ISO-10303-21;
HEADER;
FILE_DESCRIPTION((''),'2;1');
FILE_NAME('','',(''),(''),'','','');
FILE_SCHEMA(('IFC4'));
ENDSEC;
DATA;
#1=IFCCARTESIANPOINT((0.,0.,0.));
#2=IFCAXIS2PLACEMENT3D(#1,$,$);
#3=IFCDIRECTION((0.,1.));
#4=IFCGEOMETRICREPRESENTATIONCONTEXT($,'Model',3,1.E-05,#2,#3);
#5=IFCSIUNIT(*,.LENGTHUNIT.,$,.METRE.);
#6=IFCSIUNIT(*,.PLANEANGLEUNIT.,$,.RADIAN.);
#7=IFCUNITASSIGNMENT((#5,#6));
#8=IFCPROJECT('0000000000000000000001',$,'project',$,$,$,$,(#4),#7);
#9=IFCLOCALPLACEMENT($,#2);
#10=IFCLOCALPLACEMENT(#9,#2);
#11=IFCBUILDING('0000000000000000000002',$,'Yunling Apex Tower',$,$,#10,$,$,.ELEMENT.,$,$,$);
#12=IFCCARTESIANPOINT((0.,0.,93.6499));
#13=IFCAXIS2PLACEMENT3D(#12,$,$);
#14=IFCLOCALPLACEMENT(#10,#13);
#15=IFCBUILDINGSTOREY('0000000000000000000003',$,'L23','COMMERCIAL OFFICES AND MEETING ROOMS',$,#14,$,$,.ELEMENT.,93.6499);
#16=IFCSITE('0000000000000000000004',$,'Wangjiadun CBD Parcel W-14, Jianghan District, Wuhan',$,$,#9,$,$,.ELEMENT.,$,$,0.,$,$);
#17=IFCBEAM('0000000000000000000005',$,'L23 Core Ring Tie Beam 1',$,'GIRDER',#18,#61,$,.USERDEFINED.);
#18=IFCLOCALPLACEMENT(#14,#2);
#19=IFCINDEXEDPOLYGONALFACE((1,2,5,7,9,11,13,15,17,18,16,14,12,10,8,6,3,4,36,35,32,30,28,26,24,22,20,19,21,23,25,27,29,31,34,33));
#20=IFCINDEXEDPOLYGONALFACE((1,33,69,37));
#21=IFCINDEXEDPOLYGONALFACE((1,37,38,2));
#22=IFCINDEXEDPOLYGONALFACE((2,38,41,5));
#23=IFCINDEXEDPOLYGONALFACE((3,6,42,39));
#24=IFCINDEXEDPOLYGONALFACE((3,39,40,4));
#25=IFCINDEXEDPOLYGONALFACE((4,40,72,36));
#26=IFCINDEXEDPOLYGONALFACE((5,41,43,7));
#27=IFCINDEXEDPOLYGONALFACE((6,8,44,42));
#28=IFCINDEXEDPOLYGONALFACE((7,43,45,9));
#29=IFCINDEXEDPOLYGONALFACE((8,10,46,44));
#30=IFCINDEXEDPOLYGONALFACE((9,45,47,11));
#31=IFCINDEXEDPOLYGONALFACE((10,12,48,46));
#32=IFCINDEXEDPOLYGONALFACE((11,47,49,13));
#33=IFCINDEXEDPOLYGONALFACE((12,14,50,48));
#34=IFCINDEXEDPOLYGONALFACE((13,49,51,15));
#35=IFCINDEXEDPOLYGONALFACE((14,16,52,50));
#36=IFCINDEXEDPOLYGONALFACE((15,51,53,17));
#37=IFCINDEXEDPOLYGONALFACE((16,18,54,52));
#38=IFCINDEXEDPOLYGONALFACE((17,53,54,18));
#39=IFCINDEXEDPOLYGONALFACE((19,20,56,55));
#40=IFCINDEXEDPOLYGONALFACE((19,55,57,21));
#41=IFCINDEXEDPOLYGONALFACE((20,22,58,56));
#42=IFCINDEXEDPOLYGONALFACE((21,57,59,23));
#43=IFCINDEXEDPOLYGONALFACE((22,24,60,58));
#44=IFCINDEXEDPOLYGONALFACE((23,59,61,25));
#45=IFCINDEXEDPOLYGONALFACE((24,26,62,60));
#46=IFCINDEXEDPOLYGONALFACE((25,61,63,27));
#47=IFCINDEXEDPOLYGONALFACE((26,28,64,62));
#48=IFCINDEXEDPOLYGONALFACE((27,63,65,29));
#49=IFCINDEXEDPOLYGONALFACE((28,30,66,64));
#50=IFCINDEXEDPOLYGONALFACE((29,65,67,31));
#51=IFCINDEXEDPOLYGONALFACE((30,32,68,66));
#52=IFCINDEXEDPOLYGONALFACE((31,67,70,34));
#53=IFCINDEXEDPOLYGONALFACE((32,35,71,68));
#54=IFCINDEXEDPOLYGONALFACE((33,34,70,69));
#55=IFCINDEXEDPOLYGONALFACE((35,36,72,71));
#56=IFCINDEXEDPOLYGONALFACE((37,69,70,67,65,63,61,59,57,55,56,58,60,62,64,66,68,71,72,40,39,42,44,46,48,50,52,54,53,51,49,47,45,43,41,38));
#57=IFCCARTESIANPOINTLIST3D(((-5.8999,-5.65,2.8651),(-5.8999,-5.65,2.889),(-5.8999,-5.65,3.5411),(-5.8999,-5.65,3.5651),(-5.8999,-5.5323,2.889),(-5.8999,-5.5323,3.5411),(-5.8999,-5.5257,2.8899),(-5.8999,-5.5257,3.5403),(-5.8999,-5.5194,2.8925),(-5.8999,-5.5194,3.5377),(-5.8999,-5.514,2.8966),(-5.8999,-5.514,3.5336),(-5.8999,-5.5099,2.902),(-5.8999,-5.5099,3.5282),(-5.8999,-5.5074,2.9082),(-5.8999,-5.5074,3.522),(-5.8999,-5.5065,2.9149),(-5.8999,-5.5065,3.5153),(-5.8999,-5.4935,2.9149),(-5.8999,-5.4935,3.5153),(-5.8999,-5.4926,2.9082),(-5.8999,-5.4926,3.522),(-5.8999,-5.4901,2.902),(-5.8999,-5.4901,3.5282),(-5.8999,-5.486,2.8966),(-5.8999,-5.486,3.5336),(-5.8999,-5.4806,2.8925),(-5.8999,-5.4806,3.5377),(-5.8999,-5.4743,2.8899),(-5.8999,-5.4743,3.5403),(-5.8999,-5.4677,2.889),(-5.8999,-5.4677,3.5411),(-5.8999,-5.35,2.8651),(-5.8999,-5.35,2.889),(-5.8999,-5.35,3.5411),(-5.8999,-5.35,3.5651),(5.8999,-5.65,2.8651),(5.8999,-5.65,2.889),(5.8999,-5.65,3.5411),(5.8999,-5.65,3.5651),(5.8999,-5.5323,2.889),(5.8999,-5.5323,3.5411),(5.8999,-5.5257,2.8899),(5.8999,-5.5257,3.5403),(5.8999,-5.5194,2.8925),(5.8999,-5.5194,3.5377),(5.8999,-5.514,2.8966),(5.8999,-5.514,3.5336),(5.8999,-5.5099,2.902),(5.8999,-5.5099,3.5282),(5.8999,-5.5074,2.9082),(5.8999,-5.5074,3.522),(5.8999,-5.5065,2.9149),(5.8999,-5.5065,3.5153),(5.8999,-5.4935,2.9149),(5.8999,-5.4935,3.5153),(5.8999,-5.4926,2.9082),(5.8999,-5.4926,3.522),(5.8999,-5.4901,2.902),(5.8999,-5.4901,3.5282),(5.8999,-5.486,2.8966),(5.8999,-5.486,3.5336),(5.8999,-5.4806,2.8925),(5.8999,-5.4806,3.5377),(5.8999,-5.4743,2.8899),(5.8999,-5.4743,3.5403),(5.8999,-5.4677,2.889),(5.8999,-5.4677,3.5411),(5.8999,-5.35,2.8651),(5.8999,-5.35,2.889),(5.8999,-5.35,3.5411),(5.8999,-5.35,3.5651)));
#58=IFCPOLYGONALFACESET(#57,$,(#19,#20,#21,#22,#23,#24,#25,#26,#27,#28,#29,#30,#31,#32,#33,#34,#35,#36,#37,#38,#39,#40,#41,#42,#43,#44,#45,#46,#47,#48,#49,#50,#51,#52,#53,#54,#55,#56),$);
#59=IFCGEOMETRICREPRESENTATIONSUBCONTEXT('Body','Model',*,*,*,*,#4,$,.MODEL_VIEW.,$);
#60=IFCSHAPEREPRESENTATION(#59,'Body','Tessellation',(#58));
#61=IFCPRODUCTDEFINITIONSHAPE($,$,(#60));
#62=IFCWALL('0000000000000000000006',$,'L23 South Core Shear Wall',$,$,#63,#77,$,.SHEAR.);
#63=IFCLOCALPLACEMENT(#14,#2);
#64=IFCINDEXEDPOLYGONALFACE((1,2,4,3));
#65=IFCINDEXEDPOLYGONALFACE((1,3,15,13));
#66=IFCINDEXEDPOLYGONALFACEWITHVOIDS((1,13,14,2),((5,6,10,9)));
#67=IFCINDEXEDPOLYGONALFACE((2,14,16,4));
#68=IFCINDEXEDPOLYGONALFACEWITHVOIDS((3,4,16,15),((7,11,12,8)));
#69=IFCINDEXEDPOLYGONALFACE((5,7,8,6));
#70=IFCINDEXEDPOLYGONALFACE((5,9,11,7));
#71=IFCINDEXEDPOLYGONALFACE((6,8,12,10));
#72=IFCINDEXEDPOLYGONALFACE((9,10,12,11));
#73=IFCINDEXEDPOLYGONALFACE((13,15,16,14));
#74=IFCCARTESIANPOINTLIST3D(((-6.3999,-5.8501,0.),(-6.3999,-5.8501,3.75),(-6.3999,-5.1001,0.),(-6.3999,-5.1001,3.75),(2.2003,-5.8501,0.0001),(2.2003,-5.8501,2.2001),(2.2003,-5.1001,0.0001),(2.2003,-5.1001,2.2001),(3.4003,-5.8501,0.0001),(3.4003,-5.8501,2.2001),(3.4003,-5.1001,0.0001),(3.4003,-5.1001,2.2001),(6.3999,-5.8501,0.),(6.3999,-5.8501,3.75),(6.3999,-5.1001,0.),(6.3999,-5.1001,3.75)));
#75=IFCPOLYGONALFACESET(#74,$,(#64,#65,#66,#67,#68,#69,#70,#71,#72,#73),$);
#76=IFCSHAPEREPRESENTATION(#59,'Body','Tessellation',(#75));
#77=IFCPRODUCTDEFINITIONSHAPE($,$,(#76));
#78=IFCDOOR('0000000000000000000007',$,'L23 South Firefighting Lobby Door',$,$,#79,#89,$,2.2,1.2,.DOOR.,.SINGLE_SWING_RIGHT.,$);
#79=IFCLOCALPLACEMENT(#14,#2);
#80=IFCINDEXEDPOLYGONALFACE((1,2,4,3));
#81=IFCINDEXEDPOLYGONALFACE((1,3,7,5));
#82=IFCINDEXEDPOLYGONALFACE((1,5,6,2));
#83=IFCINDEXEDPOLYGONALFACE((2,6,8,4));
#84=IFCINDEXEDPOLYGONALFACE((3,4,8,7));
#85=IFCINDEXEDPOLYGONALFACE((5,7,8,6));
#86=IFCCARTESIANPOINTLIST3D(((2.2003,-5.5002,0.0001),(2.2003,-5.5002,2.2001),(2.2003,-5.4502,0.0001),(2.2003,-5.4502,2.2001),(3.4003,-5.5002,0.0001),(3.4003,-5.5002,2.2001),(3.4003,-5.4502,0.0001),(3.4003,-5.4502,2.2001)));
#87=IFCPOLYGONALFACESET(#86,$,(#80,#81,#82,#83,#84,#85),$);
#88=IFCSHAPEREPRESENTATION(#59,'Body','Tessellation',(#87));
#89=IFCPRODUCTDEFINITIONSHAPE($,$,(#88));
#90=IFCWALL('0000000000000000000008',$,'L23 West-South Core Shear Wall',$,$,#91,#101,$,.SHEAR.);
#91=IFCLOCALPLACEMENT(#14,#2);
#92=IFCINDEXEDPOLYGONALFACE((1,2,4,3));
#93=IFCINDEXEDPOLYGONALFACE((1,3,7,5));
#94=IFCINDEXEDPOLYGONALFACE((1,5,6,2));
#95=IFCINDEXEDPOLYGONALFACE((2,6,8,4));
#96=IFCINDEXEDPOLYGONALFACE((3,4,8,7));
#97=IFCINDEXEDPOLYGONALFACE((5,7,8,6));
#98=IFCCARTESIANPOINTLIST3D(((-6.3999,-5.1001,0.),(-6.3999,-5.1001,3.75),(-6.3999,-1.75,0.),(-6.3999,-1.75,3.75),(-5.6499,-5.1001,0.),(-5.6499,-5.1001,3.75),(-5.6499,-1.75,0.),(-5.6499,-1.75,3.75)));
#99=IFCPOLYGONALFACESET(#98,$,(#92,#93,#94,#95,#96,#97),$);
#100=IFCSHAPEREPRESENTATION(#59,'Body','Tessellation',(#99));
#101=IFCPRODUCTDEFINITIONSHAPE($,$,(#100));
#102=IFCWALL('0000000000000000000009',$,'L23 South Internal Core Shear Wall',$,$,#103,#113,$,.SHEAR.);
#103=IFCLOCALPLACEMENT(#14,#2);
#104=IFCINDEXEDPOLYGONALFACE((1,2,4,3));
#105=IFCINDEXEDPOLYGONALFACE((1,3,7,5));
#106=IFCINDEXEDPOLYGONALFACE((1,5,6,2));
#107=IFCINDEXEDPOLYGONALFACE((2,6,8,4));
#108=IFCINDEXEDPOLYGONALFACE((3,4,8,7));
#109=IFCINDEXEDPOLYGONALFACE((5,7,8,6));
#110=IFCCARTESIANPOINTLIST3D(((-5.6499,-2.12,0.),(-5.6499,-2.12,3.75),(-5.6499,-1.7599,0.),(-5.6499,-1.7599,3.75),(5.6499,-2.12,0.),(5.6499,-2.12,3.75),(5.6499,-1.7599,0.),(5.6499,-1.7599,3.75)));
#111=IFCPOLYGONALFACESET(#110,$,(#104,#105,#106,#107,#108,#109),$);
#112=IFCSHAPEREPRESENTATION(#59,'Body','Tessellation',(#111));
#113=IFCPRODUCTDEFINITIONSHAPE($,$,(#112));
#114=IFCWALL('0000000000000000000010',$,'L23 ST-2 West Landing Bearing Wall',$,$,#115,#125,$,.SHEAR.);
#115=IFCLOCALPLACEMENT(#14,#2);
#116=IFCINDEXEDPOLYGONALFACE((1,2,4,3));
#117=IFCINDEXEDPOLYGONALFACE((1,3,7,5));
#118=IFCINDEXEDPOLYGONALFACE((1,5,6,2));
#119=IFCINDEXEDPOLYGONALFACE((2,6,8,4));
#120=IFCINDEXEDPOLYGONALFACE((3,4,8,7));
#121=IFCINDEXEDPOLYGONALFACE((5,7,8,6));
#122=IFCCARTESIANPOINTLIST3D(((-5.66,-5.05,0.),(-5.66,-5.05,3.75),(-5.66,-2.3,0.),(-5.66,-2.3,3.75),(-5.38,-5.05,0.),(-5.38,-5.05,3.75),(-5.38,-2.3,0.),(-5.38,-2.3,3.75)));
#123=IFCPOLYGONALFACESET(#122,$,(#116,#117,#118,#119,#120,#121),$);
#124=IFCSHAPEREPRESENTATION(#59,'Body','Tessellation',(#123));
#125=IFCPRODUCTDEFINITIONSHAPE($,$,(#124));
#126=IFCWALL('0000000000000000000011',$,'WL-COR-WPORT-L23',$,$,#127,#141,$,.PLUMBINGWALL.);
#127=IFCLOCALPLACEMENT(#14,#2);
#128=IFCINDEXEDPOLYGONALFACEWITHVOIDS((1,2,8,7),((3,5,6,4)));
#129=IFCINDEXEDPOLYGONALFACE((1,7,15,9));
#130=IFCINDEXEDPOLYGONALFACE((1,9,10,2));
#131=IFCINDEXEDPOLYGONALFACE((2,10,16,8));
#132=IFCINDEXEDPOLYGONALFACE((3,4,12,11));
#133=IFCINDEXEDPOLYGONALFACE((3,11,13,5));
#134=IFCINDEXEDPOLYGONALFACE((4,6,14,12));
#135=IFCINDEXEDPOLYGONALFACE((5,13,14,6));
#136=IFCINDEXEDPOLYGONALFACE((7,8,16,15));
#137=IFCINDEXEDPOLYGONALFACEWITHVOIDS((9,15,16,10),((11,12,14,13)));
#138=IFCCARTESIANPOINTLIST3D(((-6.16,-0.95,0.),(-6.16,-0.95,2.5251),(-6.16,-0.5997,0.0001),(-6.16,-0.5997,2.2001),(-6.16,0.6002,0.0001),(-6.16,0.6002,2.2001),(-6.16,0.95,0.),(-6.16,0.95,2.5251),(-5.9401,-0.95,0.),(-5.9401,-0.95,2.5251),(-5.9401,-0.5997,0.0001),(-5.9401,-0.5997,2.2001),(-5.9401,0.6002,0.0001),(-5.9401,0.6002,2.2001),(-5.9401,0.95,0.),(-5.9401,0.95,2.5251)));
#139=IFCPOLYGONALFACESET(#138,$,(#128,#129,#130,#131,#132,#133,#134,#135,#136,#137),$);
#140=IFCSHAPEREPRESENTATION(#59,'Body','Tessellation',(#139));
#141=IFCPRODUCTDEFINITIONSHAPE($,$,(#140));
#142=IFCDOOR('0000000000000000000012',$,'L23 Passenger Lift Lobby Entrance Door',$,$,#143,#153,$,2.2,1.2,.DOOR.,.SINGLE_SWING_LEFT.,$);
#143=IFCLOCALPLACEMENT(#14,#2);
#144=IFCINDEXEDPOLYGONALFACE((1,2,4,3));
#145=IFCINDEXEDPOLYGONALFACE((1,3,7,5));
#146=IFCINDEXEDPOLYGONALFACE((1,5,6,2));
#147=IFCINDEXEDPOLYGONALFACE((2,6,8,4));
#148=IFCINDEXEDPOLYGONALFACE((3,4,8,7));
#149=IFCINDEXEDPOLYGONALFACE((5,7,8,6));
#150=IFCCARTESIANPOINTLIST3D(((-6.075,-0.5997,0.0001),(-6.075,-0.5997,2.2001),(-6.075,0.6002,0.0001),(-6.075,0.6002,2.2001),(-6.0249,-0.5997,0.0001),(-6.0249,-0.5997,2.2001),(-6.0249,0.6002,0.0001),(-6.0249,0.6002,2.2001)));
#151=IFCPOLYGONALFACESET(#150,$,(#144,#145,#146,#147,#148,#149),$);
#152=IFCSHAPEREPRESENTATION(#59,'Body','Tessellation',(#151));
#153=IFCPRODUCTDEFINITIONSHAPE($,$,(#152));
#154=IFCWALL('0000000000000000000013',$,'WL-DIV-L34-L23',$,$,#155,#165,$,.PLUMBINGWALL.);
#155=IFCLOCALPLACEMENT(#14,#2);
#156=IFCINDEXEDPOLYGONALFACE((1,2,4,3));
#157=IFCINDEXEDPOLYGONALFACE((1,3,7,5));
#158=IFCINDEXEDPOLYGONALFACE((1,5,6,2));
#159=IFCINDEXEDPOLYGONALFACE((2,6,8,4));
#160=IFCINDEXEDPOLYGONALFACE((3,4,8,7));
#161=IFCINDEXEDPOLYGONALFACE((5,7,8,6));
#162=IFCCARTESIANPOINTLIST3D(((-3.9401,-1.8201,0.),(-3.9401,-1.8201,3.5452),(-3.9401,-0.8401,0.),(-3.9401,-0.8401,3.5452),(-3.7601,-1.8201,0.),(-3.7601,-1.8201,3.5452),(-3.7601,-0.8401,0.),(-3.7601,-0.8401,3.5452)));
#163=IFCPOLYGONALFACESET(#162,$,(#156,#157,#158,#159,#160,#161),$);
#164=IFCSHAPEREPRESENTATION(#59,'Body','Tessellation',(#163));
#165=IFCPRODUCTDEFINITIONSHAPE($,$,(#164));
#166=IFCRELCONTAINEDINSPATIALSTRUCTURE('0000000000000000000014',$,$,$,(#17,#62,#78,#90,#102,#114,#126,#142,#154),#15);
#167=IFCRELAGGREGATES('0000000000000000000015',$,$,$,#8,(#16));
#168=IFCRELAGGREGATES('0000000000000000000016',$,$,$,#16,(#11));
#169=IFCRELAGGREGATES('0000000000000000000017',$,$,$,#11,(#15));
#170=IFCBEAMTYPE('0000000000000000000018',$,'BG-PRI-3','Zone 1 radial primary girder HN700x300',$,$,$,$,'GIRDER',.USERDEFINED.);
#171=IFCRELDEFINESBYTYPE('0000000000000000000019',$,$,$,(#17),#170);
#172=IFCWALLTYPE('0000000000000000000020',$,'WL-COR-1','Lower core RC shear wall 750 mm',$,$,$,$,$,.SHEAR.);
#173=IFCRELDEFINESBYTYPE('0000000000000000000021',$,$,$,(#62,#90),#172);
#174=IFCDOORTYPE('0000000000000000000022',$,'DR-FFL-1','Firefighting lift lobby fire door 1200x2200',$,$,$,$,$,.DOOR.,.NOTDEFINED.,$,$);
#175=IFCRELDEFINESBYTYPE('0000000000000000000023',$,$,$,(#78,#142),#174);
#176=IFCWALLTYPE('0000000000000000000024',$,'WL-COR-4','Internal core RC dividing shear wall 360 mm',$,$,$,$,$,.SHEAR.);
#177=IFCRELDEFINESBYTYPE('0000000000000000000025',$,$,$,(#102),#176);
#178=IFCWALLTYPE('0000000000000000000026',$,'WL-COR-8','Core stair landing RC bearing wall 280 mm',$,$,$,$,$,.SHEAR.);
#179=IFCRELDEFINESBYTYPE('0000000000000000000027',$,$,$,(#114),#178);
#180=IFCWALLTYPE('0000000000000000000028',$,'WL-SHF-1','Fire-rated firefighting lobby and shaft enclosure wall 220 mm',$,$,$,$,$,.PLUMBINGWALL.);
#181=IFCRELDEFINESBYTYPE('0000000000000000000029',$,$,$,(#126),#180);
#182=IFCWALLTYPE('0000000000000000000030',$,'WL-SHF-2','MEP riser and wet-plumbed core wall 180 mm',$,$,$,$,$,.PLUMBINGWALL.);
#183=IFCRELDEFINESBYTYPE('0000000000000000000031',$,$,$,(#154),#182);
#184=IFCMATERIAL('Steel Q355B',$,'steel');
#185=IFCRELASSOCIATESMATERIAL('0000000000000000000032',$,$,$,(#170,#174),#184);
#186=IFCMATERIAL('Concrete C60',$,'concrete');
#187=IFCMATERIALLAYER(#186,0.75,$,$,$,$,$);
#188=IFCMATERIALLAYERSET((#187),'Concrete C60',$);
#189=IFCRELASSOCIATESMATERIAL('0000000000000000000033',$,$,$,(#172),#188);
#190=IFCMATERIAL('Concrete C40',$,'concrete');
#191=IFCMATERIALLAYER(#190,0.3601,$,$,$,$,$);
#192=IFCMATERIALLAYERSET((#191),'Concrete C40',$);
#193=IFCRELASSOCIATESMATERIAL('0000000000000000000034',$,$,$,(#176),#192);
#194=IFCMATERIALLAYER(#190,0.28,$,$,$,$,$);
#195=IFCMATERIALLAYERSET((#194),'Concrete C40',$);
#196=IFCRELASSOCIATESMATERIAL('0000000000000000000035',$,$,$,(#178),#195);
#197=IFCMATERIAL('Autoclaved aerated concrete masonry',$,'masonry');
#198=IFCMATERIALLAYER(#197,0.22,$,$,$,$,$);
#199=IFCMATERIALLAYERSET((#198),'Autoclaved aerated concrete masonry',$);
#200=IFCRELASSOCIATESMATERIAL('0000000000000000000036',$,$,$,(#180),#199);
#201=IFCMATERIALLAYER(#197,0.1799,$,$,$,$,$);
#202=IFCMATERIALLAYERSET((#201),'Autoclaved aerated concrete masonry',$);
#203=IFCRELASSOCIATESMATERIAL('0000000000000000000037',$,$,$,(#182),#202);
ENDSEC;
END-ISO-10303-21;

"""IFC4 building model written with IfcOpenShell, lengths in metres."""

from ifc_helpers import new_model, si_unit, direction, frame, frame_2d, origin, origin_2d, place, context, subcontext, project, spatial, rectangle, i_section, extrude, source, transform, mapped, material, layer, layer_set, material_profile, profile_set, type_object, element, fill, save


model = new_model("IFC4")

# Units and contexts
model_context = context("Model", 3, precision=1e-05, world=origin(), true_north=direction((0.0, 1.0)))
body_context = subcontext(model_context, "Body", "Model", "MODEL_VIEW")
ifc_project = project(units=[si_unit("LENGTHUNIT", "METRE"), si_unit("PLANEANGLEUNIT", "RADIAN")], contexts=[model_context])

# Site, building, storey
site_placement = place(None, origin())
site = spatial("IfcSite", under=ifc_project, at=site_placement, Name="Wangjiadun CBD Parcel W-14, Jianghan District, Wuhan", CompositionType="ELEMENT", RefElevation=0.0)
building_placement = place(site_placement, origin())
building = spatial("IfcBuilding", under=site, at=building_placement, Name="Yunling Apex Tower", CompositionType="ELEMENT")
storey_placement = place(building_placement, frame((0.0, 0.0, 93.6499)))
storey = spatial("IfcBuildingStorey", under=building, at=storey_placement, Name="L23", Description="COMMERCIAL OFFICES AND MEETING ROOMS", CompositionType="ELEMENT", Elevation=93.6499)

# Shared definitions
ifc_material_1 = material(Name="Concrete C60", Category="concrete")

# Beam
ifc_material_2 = material(Name="Steel Q355B", Category="steel")
ifc_material_profile_1 = material_profile(ifc_material_2, i_section(OverallWidth=0.3, OverallDepth=0.7, WebThickness=0.0129, FlangeThickness=0.0239, FilletRadius=0.0259, at=origin_2d()))
ifc_profile_set_1 = profile_set([ifc_material_profile_1], Name="Steel Q355B")
beam_type_1 = type_object("IfcBeamType", Name="BG-PRI-3", Description="Zone 1 radial primary girder HN700x300", ElementType="GIRDER", PredefinedType="USERDEFINED", material=ifc_profile_set_1)
shared_shape_1 = source(origin(), body_context, "Body", "SweptSolid", [
    extrude(i_section(OverallWidth=0.3, OverallDepth=0.7, WebThickness=0.0129, FlangeThickness=0.0239, FilletRadius=0.0259, at=origin_2d()), origin(), (0.0, 0.0, 1.0), 11.7998),
])
beam_1_placement = place(storey_placement, frame((-5.8999, -5.5, 3.2151), z_axis=(1.0, 0.0, 0.0), x_axis=(0.0, 1.0, 0.0)))
element("IfcBeam", 1, at=beam_1_placement, inside=storey, type_object=beam_type_1, Name="L23 Core Ring Tie Beam 1", ObjectType="GIRDER", PredefinedType="USERDEFINED", context=body_context, shape_type="MappedRepresentation", body=[
    mapped(shared_shape_1, transform((0.0, 0.0, 0.0), scale=1.0)),
])

# Wall, opening, door
ifc_layer_1 = layer(ifc_material_1, 0.75)
ifc_layer_set_1 = layer_set([ifc_layer_1], Name="Concrete C60")
wall_type_1 = type_object("IfcWallType", Name="WL-COR-1", Description="Lower core RC shear wall 750 mm", PredefinedType="SHEAR", material=ifc_layer_set_1)
wall_1_placement = place(storey_placement, frame((-6.3999, -5.4751, 0.0), z_axis=(0.0, 0.0, 1.0), x_axis=(1.0, 0.0, 0.0)))
wall_1 = element("IfcWall", 2, at=wall_1_placement, inside=storey, type_object=wall_type_1, Name="L23 South Core Shear Wall", PredefinedType="SHEAR", context=body_context, shape_type="SweptSolid", body=[
    extrude(rectangle(XDim=12.7998, YDim=0.75, at=frame_2d((6.3999, 0.0))), origin(), (0.0, 0.0, 1.0), 3.75),
])
opening_1_placement = place(wall_1_placement, frame((8.6001, 0.0, 0.0)))
opening_1 = element("IfcOpeningElement", 3, at=opening_1_placement, cuts=wall_1, PredefinedType="OPENING", context=body_context, shape_type="SweptSolid", body=[
    extrude(rectangle(XDim=1.2, YDim=2.2, at=frame_2d((0.6001, 1.1001))), frame((0.0, 0.385, 0.0), z_axis=(0.0, -1.0, 0.0), x_axis=(1.0, 0.0, 0.0)), (0.0, 0.0, 1.0), 0.77),
])
door_type_1 = type_object("IfcDoorType", Name="DR-FFL-1", Description="Firefighting lift lobby fire door 1200x2200", OperationType="NOTDEFINED", PredefinedType="DOOR", material=ifc_material_2)
door_1_placement = place(opening_1_placement, origin())
door_1 = element("IfcDoor", 4, at=door_1_placement, inside=storey, type_object=door_type_1, Name="L23 South Firefighting Lobby Door", OperationType="SINGLE_SWING_RIGHT", OverallHeight=2.2, OverallWidth=1.2, PredefinedType="DOOR", context=body_context, shape_type="SweptSolid", body=[
    extrude(rectangle(XDim=1.2, YDim=2.2, at=frame_2d((0.6001, 1.1001))), frame((0.0, 0.0249, 0.0), z_axis=(0.0, -1.0, 0.0), x_axis=(1.0, 0.0, 0.0)), (0.0, 0.0, 1.0), 0.05),
])
fill(opening_1, door_1)

# Walls
wall_2_placement = place(storey_placement, frame((-6.0249, -5.1001, 0.0), z_axis=(0.0, 0.0, 1.0), x_axis=(0.0, 1.0, 0.0)))
element("IfcWall", 5, at=wall_2_placement, inside=storey, type_object=wall_type_1, Name="L23 West-South Core Shear Wall", PredefinedType="SHEAR", context=body_context, shape_type="SweptSolid", body=[
    extrude(rectangle(XDim=3.3501, YDim=0.75, at=frame_2d((1.675, 0.0))), origin(), (0.0, 0.0, 1.0), 3.75),
])
ifc_material_3 = material(Name="Concrete C40", Category="concrete")
ifc_layer_2 = layer(ifc_material_3, 0.3601)
ifc_layer_set_2 = layer_set([ifc_layer_2], Name="Concrete C40")
wall_type_2 = type_object("IfcWallType", Name="WL-COR-4", Description="Internal core RC dividing shear wall 360 mm", PredefinedType="SHEAR", material=ifc_layer_set_2)
wall_3_placement = place(storey_placement, frame((-5.6499, -1.9399, 0.0), z_axis=(0.0, 0.0, 1.0), x_axis=(1.0, 0.0, 0.0)))
element("IfcWall", 6, at=wall_3_placement, inside=storey, type_object=wall_type_2, Name="L23 South Internal Core Shear Wall", PredefinedType="SHEAR", context=body_context, shape_type="SweptSolid", body=[
    extrude(rectangle(XDim=11.2998, YDim=0.3601, at=frame_2d((5.6499, 0.0))), origin(), (0.0, 0.0, 1.0), 3.75),
])
ifc_layer_3 = layer(ifc_material_3, 0.28)
ifc_layer_set_3 = layer_set([ifc_layer_3], Name="Concrete C40")
wall_type_3 = type_object("IfcWallType", Name="WL-COR-8", Description="Core stair landing RC bearing wall 280 mm", PredefinedType="SHEAR", material=ifc_layer_set_3)
wall_4_placement = place(storey_placement, frame((-5.52, -5.05, 0.0), z_axis=(0.0, 0.0, 1.0), x_axis=(0.0, 1.0, 0.0)))
element("IfcWall", 7, at=wall_4_placement, inside=storey, type_object=wall_type_3, Name="L23 ST-2 West Landing Bearing Wall", PredefinedType="SHEAR", context=body_context, shape_type="SweptSolid", body=[
    extrude(rectangle(XDim=2.75, YDim=0.28, at=frame_2d((1.375, 0.0))), origin(), (0.0, 0.0, 1.0), 3.75),
])

# Wall, opening, door
ifc_material_4 = material(Name="Autoclaved aerated concrete masonry", Category="masonry")
ifc_layer_4 = layer(ifc_material_4, 0.22)
ifc_layer_set_4 = layer_set([ifc_layer_4], Name="Autoclaved aerated concrete masonry")
wall_type_4 = type_object("IfcWallType", Name="WL-SHF-1", Description="Fire-rated firefighting lobby and shaft enclosure wall 220 mm", PredefinedType="PLUMBINGWALL", material=ifc_layer_set_4)
wall_5_placement = place(storey_placement, frame((-6.05, -0.95, 0.0), z_axis=(0.0, 0.0, 1.0), x_axis=(0.0, 1.0, 0.0)))
wall_5 = element("IfcWall", 8, at=wall_5_placement, inside=storey, type_object=wall_type_4, Name="WL-COR-WPORT-L23", PredefinedType="PLUMBINGWALL", context=body_context, shape_type="SweptSolid", body=[
    extrude(rectangle(XDim=1.8999, YDim=0.22, at=frame_2d((0.95, 0.0))), origin(), (0.0, 0.0, 1.0), 2.5251),
])
opening_2_placement = place(wall_5_placement, frame((0.3501, 0.0, 0.0)))
opening_2 = element("IfcOpeningElement", 9, at=opening_2_placement, cuts=wall_5, PredefinedType="OPENING", context=body_context, shape_type="SweptSolid", body=[
    extrude(rectangle(XDim=1.2, YDim=2.2, at=frame_2d((0.6001, 1.1001))), frame((0.0, 0.1201, 0.0), z_axis=(0.0, -1.0, 0.0), x_axis=(1.0, 0.0, 0.0)), (0.0, 0.0, 1.0), 0.24),
])
door_2_placement = place(opening_2_placement, origin())
door_2 = element("IfcDoor", 10, at=door_2_placement, inside=storey, type_object=door_type_1, Name="L23 Passenger Lift Lobby Entrance Door", OperationType="SINGLE_SWING_LEFT", OverallHeight=2.2, OverallWidth=1.2, PredefinedType="DOOR", context=body_context, shape_type="SweptSolid", body=[
    extrude(rectangle(XDim=1.2, YDim=2.2, at=frame_2d((0.6001, 1.1001))), frame((0.0, 0.0249, 0.0), z_axis=(0.0, -1.0, 0.0), x_axis=(1.0, 0.0, 0.0)), (0.0, 0.0, 1.0), 0.05),
])
fill(opening_2, door_2)

# Wall
ifc_layer_5 = layer(ifc_material_4, 0.1799)
ifc_layer_set_5 = layer_set([ifc_layer_5], Name="Autoclaved aerated concrete masonry")
wall_type_5 = type_object("IfcWallType", Name="WL-SHF-2", Description="MEP riser and wet-plumbed core wall 180 mm", PredefinedType="PLUMBINGWALL", material=ifc_layer_set_5)
wall_6_placement = place(storey_placement, frame((-3.8501, -1.8201, 0.0), z_axis=(0.0, 0.0, 1.0), x_axis=(0.0, 1.0, 0.0)))
element("IfcWall", 11, at=wall_6_placement, inside=storey, type_object=wall_type_5, Name="WL-DIV-L34-L23", PredefinedType="PLUMBINGWALL", context=body_context, shape_type="SweptSolid", body=[
    extrude(rectangle(XDim=0.98, YDim=0.1799, at=frame_2d((0.49, 0.0))), origin(), (0.0, 0.0, 1.0), 3.5452),
])

save(model, "model.ifc")
